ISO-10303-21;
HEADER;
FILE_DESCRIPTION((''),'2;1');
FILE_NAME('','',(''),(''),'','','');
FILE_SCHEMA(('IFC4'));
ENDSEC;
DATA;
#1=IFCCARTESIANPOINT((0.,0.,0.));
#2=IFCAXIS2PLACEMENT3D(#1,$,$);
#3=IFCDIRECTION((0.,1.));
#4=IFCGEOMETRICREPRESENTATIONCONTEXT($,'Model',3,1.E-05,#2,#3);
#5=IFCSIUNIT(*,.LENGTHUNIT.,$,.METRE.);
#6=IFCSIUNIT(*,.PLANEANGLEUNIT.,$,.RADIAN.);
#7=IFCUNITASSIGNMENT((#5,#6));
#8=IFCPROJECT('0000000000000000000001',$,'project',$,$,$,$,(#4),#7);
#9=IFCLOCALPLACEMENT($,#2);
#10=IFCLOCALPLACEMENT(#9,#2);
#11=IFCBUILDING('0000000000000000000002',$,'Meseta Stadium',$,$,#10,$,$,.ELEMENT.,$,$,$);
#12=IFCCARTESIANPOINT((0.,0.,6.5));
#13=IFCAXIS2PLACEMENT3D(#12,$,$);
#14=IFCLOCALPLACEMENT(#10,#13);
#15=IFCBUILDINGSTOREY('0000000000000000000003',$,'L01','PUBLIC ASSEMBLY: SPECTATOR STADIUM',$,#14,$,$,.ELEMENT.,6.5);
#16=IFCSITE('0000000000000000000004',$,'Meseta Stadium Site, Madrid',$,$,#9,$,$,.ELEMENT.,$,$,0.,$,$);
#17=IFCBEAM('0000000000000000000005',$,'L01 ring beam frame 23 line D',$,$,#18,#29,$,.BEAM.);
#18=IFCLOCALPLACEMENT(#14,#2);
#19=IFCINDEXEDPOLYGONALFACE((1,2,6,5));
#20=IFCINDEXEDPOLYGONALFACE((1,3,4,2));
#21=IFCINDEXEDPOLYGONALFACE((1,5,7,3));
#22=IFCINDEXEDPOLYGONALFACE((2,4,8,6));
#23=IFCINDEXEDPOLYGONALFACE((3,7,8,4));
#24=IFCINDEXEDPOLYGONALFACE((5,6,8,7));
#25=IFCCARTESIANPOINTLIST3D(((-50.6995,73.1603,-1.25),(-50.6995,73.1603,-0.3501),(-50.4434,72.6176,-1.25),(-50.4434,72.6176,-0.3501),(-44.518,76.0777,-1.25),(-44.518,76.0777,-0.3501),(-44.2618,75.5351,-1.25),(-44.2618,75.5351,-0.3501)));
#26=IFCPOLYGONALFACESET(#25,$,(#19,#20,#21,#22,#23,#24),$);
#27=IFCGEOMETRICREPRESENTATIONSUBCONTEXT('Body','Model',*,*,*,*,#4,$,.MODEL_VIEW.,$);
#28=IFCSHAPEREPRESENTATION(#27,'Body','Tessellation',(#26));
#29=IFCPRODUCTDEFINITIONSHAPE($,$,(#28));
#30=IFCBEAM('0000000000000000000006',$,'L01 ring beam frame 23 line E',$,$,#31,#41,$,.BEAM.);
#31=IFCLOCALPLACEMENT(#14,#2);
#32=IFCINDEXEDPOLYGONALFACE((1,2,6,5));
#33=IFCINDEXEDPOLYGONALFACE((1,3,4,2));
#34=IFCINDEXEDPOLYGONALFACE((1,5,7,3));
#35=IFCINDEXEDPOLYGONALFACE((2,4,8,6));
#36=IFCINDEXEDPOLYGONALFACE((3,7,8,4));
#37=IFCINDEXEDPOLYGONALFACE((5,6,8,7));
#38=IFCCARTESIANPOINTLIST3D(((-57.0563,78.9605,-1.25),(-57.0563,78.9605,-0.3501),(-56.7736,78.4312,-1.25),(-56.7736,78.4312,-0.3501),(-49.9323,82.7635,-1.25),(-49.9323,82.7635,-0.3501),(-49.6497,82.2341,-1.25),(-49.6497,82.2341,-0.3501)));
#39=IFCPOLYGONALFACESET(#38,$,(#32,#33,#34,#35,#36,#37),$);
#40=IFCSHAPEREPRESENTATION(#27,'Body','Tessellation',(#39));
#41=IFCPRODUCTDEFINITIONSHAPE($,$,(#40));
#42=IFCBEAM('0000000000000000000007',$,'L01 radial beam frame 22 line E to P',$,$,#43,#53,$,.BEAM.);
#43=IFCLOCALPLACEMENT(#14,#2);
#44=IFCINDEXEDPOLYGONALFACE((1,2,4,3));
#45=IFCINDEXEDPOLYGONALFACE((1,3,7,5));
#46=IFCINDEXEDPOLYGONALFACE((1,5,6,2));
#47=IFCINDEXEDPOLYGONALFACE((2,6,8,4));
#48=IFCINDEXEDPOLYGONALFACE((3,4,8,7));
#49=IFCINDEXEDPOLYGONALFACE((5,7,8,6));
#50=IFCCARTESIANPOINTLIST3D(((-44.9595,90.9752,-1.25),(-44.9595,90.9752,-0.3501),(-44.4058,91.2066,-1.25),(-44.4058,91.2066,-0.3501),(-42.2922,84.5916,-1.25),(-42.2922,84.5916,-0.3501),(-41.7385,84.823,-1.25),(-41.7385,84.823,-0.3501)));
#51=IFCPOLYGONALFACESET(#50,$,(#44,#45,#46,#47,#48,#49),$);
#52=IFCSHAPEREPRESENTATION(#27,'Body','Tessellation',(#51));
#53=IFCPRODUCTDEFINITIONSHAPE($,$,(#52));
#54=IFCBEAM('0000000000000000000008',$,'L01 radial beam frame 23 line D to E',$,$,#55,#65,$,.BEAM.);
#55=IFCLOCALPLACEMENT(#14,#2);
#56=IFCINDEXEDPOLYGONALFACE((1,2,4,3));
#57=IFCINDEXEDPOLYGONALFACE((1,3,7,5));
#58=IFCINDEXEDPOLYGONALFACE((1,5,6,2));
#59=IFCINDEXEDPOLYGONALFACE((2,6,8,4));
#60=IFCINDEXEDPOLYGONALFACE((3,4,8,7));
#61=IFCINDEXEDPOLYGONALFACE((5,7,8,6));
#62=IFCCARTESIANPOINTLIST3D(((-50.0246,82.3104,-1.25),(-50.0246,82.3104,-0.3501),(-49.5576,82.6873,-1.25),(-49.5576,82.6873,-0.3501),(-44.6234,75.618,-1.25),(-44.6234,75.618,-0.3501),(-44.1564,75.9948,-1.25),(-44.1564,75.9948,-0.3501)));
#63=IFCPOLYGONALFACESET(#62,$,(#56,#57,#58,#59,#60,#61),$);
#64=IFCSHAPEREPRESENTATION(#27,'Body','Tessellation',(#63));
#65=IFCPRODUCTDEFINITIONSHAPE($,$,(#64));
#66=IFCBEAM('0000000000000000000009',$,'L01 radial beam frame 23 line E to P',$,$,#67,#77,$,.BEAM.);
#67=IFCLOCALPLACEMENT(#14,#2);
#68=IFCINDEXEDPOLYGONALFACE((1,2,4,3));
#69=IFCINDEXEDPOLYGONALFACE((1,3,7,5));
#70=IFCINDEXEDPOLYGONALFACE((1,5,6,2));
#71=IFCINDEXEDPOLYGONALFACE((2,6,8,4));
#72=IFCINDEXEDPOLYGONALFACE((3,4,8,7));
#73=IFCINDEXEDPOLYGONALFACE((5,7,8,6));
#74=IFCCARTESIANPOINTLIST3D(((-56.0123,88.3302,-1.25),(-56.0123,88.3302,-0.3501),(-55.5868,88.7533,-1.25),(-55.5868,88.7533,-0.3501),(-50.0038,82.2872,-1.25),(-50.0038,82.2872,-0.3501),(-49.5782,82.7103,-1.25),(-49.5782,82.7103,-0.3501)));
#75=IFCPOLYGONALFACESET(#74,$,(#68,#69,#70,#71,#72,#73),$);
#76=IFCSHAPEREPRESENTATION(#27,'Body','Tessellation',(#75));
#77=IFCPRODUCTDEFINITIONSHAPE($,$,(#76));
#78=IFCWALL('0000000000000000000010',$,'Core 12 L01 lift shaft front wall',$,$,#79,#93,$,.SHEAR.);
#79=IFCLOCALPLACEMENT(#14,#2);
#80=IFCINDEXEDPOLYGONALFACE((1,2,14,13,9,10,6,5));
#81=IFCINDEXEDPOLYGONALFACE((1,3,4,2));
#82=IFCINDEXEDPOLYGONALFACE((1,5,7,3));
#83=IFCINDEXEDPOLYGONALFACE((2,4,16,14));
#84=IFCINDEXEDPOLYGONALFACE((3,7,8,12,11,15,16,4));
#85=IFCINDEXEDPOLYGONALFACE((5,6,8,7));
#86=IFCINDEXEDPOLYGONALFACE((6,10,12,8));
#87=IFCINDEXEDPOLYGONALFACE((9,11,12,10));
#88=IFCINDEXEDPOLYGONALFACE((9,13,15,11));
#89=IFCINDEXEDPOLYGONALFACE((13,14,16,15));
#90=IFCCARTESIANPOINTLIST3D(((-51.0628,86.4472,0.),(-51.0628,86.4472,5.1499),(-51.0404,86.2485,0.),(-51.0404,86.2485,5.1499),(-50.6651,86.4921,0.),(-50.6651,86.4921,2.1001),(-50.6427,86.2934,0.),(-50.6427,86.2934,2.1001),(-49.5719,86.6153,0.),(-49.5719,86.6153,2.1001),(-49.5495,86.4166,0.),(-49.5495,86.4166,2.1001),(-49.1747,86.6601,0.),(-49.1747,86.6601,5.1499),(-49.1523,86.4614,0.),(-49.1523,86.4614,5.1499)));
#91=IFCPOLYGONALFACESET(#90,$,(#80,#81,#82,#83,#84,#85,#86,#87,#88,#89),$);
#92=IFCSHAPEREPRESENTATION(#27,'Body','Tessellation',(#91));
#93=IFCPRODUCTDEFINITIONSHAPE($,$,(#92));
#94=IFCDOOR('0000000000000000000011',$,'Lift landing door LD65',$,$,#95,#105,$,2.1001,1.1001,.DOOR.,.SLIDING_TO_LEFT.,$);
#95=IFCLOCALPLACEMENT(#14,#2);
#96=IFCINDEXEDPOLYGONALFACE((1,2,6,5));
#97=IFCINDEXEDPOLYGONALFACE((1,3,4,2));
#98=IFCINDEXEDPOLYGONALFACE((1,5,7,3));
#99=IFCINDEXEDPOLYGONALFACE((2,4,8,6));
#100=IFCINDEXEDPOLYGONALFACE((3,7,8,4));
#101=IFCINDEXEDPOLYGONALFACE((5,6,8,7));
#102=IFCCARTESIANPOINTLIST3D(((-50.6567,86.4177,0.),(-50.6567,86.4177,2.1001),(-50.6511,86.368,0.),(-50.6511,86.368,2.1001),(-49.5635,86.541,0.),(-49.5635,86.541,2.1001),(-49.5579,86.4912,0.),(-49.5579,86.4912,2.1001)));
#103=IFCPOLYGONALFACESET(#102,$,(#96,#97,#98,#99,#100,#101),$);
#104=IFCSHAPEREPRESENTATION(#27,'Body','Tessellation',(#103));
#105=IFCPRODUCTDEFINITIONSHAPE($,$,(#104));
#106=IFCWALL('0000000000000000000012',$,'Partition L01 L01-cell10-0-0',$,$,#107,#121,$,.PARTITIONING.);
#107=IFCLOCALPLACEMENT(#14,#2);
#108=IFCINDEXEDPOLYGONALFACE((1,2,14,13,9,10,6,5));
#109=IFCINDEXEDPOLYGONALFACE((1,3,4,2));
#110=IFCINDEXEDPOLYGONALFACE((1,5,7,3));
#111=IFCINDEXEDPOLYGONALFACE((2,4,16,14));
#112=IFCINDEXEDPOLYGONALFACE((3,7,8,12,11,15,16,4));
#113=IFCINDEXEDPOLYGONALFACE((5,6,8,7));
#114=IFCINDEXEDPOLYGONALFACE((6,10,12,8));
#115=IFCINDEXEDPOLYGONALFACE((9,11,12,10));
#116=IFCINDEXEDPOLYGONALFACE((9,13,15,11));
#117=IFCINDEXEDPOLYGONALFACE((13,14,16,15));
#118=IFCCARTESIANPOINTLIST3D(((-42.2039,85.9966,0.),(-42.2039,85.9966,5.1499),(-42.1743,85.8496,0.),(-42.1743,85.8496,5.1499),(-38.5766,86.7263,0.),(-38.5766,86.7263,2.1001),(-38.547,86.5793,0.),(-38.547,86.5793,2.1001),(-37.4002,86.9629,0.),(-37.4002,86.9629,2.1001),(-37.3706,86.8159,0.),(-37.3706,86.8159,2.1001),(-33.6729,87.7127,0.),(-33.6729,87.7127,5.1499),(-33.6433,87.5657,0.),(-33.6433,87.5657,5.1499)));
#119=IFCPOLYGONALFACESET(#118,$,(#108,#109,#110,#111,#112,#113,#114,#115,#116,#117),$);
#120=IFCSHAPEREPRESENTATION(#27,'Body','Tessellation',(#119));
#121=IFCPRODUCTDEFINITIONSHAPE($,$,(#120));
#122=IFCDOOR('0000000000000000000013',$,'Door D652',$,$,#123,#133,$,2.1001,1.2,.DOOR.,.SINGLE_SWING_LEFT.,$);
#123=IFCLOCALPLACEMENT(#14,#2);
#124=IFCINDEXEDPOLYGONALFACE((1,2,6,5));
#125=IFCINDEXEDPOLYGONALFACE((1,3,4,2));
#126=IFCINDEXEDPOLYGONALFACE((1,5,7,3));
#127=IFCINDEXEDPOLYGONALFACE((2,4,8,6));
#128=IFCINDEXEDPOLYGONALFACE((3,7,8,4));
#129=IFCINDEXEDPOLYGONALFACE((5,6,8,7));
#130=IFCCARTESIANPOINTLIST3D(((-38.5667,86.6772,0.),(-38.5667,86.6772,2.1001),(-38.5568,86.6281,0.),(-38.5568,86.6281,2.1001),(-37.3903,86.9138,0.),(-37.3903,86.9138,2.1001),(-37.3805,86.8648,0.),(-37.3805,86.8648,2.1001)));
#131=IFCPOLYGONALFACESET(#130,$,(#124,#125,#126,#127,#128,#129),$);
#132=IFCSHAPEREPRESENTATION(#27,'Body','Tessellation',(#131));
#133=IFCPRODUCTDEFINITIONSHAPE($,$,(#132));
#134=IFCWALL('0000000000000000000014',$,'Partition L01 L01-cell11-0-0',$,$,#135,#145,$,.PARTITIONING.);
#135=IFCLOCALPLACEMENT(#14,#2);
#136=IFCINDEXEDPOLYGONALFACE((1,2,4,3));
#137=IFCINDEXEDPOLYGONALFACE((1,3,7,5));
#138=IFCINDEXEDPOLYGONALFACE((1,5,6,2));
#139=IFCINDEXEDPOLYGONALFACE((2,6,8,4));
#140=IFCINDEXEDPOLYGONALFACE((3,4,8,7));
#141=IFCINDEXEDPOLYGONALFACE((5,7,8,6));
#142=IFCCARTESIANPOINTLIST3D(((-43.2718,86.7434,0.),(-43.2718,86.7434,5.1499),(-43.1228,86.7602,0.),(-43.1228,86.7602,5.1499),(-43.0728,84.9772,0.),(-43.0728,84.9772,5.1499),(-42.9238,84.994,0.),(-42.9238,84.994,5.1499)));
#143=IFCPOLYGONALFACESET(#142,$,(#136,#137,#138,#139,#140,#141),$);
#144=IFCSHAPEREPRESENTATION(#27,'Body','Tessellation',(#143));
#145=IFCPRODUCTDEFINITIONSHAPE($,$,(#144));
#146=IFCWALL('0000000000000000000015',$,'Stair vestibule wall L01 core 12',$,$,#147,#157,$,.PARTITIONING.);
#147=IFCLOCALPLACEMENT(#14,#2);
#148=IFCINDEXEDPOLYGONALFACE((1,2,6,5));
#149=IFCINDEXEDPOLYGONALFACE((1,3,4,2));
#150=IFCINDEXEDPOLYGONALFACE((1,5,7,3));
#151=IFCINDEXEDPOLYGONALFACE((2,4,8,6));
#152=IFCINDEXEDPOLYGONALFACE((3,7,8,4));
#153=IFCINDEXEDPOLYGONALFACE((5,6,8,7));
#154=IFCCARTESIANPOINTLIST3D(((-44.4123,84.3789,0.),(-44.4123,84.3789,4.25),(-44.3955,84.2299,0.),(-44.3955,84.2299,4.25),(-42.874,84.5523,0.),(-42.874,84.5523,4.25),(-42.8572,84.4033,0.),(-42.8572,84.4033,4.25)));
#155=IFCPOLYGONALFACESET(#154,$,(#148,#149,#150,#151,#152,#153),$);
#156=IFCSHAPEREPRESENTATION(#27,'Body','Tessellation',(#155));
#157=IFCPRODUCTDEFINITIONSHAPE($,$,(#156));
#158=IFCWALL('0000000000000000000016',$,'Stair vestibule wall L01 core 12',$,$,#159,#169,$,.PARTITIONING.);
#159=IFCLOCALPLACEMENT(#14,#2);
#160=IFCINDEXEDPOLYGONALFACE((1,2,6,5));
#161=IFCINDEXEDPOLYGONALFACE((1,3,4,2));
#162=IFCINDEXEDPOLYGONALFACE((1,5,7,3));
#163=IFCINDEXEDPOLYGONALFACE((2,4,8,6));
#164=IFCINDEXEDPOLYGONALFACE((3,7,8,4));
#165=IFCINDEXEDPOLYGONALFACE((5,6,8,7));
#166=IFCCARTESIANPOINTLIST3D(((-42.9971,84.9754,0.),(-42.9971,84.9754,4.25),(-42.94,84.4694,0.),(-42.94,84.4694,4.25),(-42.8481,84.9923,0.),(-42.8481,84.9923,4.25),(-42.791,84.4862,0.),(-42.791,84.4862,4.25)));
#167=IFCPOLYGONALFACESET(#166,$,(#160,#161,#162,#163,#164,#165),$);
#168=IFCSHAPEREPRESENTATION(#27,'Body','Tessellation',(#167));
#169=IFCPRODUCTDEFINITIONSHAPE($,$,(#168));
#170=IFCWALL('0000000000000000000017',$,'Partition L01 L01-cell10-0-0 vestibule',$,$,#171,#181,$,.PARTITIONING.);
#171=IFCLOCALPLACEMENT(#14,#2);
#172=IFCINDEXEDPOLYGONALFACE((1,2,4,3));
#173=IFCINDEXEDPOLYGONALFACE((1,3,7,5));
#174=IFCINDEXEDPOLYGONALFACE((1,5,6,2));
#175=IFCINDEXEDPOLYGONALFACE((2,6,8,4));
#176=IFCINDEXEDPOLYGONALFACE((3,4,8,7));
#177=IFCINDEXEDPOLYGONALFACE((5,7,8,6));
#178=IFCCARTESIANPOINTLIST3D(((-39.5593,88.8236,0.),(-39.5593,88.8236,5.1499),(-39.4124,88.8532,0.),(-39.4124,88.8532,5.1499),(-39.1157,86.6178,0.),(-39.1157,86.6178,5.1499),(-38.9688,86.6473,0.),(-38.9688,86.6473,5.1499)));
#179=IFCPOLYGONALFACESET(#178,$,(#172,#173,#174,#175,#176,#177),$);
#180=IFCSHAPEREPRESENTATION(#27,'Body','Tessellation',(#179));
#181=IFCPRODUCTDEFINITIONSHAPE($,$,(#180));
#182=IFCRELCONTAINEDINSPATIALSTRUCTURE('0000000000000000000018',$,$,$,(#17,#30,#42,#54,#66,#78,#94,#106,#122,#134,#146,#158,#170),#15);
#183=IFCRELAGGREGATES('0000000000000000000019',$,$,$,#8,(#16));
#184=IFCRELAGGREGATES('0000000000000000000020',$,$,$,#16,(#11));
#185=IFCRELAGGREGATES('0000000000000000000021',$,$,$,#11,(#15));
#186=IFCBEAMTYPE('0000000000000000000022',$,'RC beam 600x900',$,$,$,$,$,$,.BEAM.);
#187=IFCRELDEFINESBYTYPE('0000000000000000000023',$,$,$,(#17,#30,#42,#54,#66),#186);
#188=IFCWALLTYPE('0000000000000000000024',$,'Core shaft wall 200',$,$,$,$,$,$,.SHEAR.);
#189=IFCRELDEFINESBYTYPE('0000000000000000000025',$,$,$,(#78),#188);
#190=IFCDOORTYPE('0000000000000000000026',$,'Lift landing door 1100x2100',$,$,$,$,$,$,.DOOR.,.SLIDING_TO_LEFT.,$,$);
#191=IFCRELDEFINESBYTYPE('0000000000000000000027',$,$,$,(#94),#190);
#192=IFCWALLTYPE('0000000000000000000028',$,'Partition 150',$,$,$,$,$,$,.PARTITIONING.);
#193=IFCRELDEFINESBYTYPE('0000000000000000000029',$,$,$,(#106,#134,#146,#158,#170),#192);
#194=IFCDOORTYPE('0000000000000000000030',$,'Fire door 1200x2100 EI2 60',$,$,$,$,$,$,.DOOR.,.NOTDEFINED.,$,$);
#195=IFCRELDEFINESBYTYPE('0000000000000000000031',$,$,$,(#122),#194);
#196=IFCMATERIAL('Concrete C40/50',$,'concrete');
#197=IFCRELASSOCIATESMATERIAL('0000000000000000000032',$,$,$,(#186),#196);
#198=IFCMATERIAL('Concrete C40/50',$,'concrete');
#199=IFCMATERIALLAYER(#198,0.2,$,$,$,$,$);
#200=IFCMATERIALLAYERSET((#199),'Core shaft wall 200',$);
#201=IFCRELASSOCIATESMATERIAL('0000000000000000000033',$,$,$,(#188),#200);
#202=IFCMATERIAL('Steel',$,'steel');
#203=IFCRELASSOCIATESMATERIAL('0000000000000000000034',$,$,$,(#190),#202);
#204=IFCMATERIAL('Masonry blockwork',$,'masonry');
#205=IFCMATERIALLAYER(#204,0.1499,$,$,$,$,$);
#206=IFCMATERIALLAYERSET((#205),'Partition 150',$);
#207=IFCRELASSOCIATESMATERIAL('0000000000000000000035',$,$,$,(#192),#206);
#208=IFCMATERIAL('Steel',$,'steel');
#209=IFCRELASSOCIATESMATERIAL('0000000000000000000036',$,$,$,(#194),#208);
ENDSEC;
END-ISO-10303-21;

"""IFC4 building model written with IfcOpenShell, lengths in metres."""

from ifc_helpers import new_model, si_unit, direction, frame, frame_2d, origin, origin_2d, place, context, subcontext, project, spatial, rectangle, extrude, material, layer, layer_set, material_profile, profile_set, type_object, element, fill, save


model = new_model("IFC4")

# Units and contexts
model_context = context("Model", 3, precision=1e-05, world=origin(), true_north=direction((0.0, 1.0)))
body_context = subcontext(model_context, "Body", "Model", "MODEL_VIEW")
ifc_project = project(units=[si_unit("LENGTHUNIT", "METRE"), si_unit("PLANEANGLEUNIT", "RADIAN")], contexts=[model_context])

# Site, building, storey
site_placement = place(None, origin())
site = spatial("IfcSite", under=ifc_project, at=site_placement, Name="Meseta Stadium Site, Madrid", CompositionType="ELEMENT", RefElevation=0.0)
building_placement = place(site_placement, origin())
building = spatial("IfcBuilding", under=site, at=building_placement, Name="Meseta Stadium", CompositionType="ELEMENT")
storey_placement = place(building_placement, frame((0.0, 0.0, 6.5)))
storey = spatial("IfcBuildingStorey", under=building, at=storey_placement, Name="L01", Description="PUBLIC ASSEMBLY: SPECTATOR STADIUM", CompositionType="ELEMENT", Elevation=6.5)

# Beams
ifc_material_1 = material(Name="Concrete C40/50", Category="concrete")
ifc_material_profile_1 = material_profile(ifc_material_1, rectangle(XDim=0.6001, YDim=0.8999, at=origin_2d()), Name="RC 600x900")
ifc_profile_set_1 = profile_set([ifc_material_profile_1], Name="Concrete C40/50")
beam_type = type_object("IfcBeamType", Name="RC beam 600x900", PredefinedType="BEAM", material=ifc_profile_set_1)
beam_1_placement = place(storey_placement, frame((-44.3899, 75.8064, -0.8), z_axis=(-0.904341, -0.426812, 0.0), x_axis=(0.426812, -0.904341, 0.0)))
element("IfcBeam", 1, at=beam_1_placement, inside=storey, type_object=beam_type, Name="L01 ring beam frame 23 line D", PredefinedType="BEAM", context=body_context, shape_type="SweptSolid", body=[
    extrude(rectangle(XDim=0.6001, YDim=0.8999, at=origin_2d()), origin(), (0.0, 0.0, 1.0), 6.8354),
])
beam_2_placement = place(storey_placement, frame((-49.791, 82.4988, -0.8), z_axis=(-0.882173, -0.470926, 0.0), x_axis=(0.470926, -0.882173, 0.0)))
element("IfcBeam", 2, at=beam_2_placement, inside=storey, type_object=beam_type, Name="L01 ring beam frame 23 line E", PredefinedType="BEAM", context=body_context, shape_type="SweptSolid", body=[
    extrude(rectangle(XDim=0.6001, YDim=0.8999, at=origin_2d()), origin(), (0.0, 0.0, 1.0), 8.0754),
])
beam_3_placement = place(storey_placement, frame((-42.0154, 84.7073, -0.8), z_axis=(-0.38553, 0.922695, 0.0), x_axis=(-0.922695, -0.38553, 0.0)))
element("IfcBeam", 3, at=beam_3_placement, inside=storey, type_object=beam_type, Name="L01 radial beam frame 22 line E to P", PredefinedType="BEAM", context=body_context, shape_type="SweptSolid", body=[
    extrude(rectangle(XDim=0.6001, YDim=0.8999, at=origin_2d()), origin(), (0.0, 0.0, 1.0), 6.9185),
])
beam_4_placement = place(storey_placement, frame((-44.3899, 75.8064, -0.8), z_axis=(-0.628037, 0.778183, 0.0), x_axis=(-0.778183, -0.628037, 0.0)))
element("IfcBeam", 4, at=beam_4_placement, inside=storey, type_object=beam_type, Name="L01 radial beam frame 23 line D to E", PredefinedType="BEAM", context=body_context, shape_type="SweptSolid", body=[
    extrude(rectangle(XDim=0.6001, YDim=0.8999, at=origin_2d()), origin(), (0.0, 0.0, 1.0), 8.6001),
])
beam_5_placement = place(storey_placement, frame((-49.791, 82.4988, -0.8), z_axis=(-0.705084, 0.709124, 0.0), x_axis=(-0.709124, -0.705084, 0.0)))
element("IfcBeam", 5, at=beam_5_placement, inside=storey, type_object=beam_type, Name="L01 radial beam frame 23 line E to P", PredefinedType="BEAM", context=body_context, shape_type="SweptSolid", body=[
    extrude(rectangle(XDim=0.6001, YDim=0.8999, at=origin_2d()), origin(), (0.0, 0.0, 1.0), 8.5217),
])

# Walls, openings, doors
ifc_material_2 = material(Name="Concrete C40/50", Category="concrete")
ifc_layer_1 = layer(ifc_material_2, 0.2)
ifc_layer_set_1 = layer_set([ifc_layer_1], Name="Core shaft wall 200")
wall_type_1 = type_object("IfcWallType", Name="Core shaft wall 200", PredefinedType="SHEAR", material=ifc_layer_set_1)
wall_1_placement = place(storey_placement, frame((-49.1633, 86.5608, 0.0), z_axis=(0.0, 0.0, 1.0), x_axis=(-0.993704, -0.112039, 0.0)))
wall_1 = element("IfcWall", 6, at=wall_1_placement, inside=storey, type_object=wall_type_1, Name="Core 12 L01 lift shaft front wall", PredefinedType="SHEAR", context=body_context, shape_type="SweptSolid", body=[
    extrude(rectangle(XDim=1.9001, YDim=0.2, at=frame_2d((0.9502, 0.0))), origin(), (0.0, 0.0, 1.0), 5.1499),
])
opening_1_placement = place(wall_1_placement, frame((0.3999, 0.0, 0.0)))
opening_1 = element("IfcOpeningElement", 7, at=opening_1_placement, cuts=wall_1, PredefinedType="OPENING", context=body_context, shape_type="SweptSolid", body=[
    extrude(rectangle(XDim=1.1001, YDim=2.1001, at=frame_2d((0.55, 1.05))), frame((0.0, 0.1099, 0.0), z_axis=(0.0, -1.0, 0.0), x_axis=(1.0, 0.0, 0.0)), (0.0, 0.0, 1.0), 0.22),
])
ifc_material_3 = material(Name="Steel", Category="steel")
door_type_1 = type_object("IfcDoorType", Name="Lift landing door 1100x2100", OperationType="SLIDING_TO_LEFT", PredefinedType="DOOR", material=ifc_material_3)
door_1_placement = place(opening_1_placement, origin())
door_1 = element("IfcDoor", 8, at=door_1_placement, inside=storey, type_object=door_type_1, Name="Lift landing door LD65", OperationType="SLIDING_TO_LEFT", OverallHeight=2.1001, OverallWidth=1.1001, PredefinedType="DOOR", context=body_context, shape_type="SweptSolid", body=[
    extrude(rectangle(XDim=1.1001, YDim=2.1001, at=frame_2d((0.55, 1.05))), frame((0.0, 0.0249, 0.0), z_axis=(0.0, -1.0, 0.0), x_axis=(1.0, 0.0, 0.0)), (0.0, 0.0, 1.0), 0.05),
])
fill(opening_1, door_1)
ifc_material_4 = material(Name="Masonry blockwork", Category="masonry")
ifc_layer_2 = layer(ifc_material_4, 0.1499)
ifc_layer_set_2 = layer_set([ifc_layer_2], Name="Partition 150")
wall_type_2 = type_object("IfcWallType", Name="Partition 150", PredefinedType="PARTITIONING", material=ifc_layer_set_2)
wall_2_placement = place(storey_placement, frame((-42.1892, 85.9231, 0.0), z_axis=(0.0, 0.0, 1.0), x_axis=(0.980362, 0.197206, 0.0)))
wall_2 = element("IfcWall", 9, at=wall_2_placement, inside=storey, type_object=wall_type_2, Name="Partition L01 L01-cell10-0-0", PredefinedType="PARTITIONING", context=body_context, shape_type="SweptSolid", body=[
    extrude(rectangle(XDim=8.7019, YDim=0.1499, at=frame_2d((4.3511, 0.0))), origin(), (0.0, 0.0, 1.0), 5.1499),
])
opening_2_placement = place(wall_2_placement, frame((3.7, 0.0, 0.0)))
opening_2 = element("IfcOpeningElement", 10, at=opening_2_placement, cuts=wall_2, PredefinedType="OPENING", context=body_context, shape_type="SweptSolid", body=[
    extrude(rectangle(XDim=1.2, YDim=2.1001, at=frame_2d((0.6001, 1.05))), frame((0.0, 0.085, 0.0), z_axis=(0.0, -1.0, 0.0), x_axis=(1.0, 0.0, 0.0)), (0.0, 0.0, 1.0), 0.1699),
])
ifc_material_5 = material(Name="Steel", Category="steel")
door_type_2 = type_object("IfcDoorType", Name="Fire door 1200x2100 EI2 60", OperationType="NOTDEFINED", PredefinedType="DOOR", material=ifc_material_5)
door_2_placement = place(opening_2_placement, origin())
door_2 = element("IfcDoor", 11, at=door_2_placement, inside=storey, type_object=door_type_2, Name="Door D652", OperationType="SINGLE_SWING_LEFT", OverallHeight=2.1001, OverallWidth=1.2, PredefinedType="DOOR", context=body_context, shape_type="SweptSolid", body=[
    extrude(rectangle(XDim=1.2, YDim=2.1001, at=frame_2d((0.6001, 1.05))), frame((0.0, 0.0249, 0.0), z_axis=(0.0, -1.0, 0.0), x_axis=(1.0, 0.0, 0.0)), (0.0, 0.0, 1.0), 0.05),
])
fill(opening_2, door_2)

# Walls
wall_3_placement = place(storey_placement, frame((-42.9983, 84.9856, 0.0), z_axis=(0.0, 0.0, 1.0), x_axis=(-0.111954, 0.993713, 0.0)))
element("IfcWall", 12, at=wall_3_placement, inside=storey, type_object=wall_type_2, Name="Partition L01 L01-cell11-0-0", PredefinedType="PARTITIONING", context=body_context, shape_type="SweptSolid", body=[
    extrude(rectangle(XDim=1.7773, YDim=0.1499, at=frame_2d((0.8887, 0.0))), origin(), (0.0, 0.0, 1.0), 5.1499),
])
wall_4_placement = place(storey_placement, frame((-44.4038, 84.3044, 0.0), z_axis=(0.0, 0.0, 1.0), x_axis=(0.993711, 0.111972, 0.0)))
element("IfcWall", 13, at=wall_4_placement, inside=storey, type_object=wall_type_2, Name="Stair vestibule wall L01 core 12", PredefinedType="PARTITIONING", context=body_context, shape_type="SweptSolid", body=[
    extrude(rectangle(XDim=1.5481, YDim=0.1499, at=frame_2d((0.7739, 0.0))), origin(), (0.0, 0.0, 1.0), 4.25),
])
wall_5_placement = place(storey_placement, frame((-42.8655, 84.4778, 0.0), z_axis=(0.0, 0.0, 1.0), x_axis=(-0.112168, 0.993689, 0.0)))
element("IfcWall", 14, at=wall_5_placement, inside=storey, type_object=wall_type_2, Name="Stair vestibule wall L01 core 12", PredefinedType="PARTITIONING", context=body_context, shape_type="SweptSolid", body=[
    extrude(rectangle(XDim=0.5093, YDim=0.1499, at=frame_2d((0.2546, 0.0))), origin(), (0.0, 0.0, 1.0), 4.25),
])
wall_6_placement = place(storey_placement, frame((-39.0422, 86.6326, 0.0), z_axis=(0.0, 0.0, 1.0), x_axis=(-0.197159, 0.980371, 0.0)))
element("IfcWall", 15, at=wall_6_placement, inside=storey, type_object=wall_type_2, Name="Partition L01 L01-cell10-0-0 vestibule", PredefinedType="PARTITIONING", context=body_context, shape_type="SweptSolid", body=[
    extrude(rectangle(XDim=2.25, YDim=0.1499, at=frame_2d((1.125, 0.0))), origin(), (0.0, 0.0, 1.0), 5.1499),
])

save(model, "model.ifc")
